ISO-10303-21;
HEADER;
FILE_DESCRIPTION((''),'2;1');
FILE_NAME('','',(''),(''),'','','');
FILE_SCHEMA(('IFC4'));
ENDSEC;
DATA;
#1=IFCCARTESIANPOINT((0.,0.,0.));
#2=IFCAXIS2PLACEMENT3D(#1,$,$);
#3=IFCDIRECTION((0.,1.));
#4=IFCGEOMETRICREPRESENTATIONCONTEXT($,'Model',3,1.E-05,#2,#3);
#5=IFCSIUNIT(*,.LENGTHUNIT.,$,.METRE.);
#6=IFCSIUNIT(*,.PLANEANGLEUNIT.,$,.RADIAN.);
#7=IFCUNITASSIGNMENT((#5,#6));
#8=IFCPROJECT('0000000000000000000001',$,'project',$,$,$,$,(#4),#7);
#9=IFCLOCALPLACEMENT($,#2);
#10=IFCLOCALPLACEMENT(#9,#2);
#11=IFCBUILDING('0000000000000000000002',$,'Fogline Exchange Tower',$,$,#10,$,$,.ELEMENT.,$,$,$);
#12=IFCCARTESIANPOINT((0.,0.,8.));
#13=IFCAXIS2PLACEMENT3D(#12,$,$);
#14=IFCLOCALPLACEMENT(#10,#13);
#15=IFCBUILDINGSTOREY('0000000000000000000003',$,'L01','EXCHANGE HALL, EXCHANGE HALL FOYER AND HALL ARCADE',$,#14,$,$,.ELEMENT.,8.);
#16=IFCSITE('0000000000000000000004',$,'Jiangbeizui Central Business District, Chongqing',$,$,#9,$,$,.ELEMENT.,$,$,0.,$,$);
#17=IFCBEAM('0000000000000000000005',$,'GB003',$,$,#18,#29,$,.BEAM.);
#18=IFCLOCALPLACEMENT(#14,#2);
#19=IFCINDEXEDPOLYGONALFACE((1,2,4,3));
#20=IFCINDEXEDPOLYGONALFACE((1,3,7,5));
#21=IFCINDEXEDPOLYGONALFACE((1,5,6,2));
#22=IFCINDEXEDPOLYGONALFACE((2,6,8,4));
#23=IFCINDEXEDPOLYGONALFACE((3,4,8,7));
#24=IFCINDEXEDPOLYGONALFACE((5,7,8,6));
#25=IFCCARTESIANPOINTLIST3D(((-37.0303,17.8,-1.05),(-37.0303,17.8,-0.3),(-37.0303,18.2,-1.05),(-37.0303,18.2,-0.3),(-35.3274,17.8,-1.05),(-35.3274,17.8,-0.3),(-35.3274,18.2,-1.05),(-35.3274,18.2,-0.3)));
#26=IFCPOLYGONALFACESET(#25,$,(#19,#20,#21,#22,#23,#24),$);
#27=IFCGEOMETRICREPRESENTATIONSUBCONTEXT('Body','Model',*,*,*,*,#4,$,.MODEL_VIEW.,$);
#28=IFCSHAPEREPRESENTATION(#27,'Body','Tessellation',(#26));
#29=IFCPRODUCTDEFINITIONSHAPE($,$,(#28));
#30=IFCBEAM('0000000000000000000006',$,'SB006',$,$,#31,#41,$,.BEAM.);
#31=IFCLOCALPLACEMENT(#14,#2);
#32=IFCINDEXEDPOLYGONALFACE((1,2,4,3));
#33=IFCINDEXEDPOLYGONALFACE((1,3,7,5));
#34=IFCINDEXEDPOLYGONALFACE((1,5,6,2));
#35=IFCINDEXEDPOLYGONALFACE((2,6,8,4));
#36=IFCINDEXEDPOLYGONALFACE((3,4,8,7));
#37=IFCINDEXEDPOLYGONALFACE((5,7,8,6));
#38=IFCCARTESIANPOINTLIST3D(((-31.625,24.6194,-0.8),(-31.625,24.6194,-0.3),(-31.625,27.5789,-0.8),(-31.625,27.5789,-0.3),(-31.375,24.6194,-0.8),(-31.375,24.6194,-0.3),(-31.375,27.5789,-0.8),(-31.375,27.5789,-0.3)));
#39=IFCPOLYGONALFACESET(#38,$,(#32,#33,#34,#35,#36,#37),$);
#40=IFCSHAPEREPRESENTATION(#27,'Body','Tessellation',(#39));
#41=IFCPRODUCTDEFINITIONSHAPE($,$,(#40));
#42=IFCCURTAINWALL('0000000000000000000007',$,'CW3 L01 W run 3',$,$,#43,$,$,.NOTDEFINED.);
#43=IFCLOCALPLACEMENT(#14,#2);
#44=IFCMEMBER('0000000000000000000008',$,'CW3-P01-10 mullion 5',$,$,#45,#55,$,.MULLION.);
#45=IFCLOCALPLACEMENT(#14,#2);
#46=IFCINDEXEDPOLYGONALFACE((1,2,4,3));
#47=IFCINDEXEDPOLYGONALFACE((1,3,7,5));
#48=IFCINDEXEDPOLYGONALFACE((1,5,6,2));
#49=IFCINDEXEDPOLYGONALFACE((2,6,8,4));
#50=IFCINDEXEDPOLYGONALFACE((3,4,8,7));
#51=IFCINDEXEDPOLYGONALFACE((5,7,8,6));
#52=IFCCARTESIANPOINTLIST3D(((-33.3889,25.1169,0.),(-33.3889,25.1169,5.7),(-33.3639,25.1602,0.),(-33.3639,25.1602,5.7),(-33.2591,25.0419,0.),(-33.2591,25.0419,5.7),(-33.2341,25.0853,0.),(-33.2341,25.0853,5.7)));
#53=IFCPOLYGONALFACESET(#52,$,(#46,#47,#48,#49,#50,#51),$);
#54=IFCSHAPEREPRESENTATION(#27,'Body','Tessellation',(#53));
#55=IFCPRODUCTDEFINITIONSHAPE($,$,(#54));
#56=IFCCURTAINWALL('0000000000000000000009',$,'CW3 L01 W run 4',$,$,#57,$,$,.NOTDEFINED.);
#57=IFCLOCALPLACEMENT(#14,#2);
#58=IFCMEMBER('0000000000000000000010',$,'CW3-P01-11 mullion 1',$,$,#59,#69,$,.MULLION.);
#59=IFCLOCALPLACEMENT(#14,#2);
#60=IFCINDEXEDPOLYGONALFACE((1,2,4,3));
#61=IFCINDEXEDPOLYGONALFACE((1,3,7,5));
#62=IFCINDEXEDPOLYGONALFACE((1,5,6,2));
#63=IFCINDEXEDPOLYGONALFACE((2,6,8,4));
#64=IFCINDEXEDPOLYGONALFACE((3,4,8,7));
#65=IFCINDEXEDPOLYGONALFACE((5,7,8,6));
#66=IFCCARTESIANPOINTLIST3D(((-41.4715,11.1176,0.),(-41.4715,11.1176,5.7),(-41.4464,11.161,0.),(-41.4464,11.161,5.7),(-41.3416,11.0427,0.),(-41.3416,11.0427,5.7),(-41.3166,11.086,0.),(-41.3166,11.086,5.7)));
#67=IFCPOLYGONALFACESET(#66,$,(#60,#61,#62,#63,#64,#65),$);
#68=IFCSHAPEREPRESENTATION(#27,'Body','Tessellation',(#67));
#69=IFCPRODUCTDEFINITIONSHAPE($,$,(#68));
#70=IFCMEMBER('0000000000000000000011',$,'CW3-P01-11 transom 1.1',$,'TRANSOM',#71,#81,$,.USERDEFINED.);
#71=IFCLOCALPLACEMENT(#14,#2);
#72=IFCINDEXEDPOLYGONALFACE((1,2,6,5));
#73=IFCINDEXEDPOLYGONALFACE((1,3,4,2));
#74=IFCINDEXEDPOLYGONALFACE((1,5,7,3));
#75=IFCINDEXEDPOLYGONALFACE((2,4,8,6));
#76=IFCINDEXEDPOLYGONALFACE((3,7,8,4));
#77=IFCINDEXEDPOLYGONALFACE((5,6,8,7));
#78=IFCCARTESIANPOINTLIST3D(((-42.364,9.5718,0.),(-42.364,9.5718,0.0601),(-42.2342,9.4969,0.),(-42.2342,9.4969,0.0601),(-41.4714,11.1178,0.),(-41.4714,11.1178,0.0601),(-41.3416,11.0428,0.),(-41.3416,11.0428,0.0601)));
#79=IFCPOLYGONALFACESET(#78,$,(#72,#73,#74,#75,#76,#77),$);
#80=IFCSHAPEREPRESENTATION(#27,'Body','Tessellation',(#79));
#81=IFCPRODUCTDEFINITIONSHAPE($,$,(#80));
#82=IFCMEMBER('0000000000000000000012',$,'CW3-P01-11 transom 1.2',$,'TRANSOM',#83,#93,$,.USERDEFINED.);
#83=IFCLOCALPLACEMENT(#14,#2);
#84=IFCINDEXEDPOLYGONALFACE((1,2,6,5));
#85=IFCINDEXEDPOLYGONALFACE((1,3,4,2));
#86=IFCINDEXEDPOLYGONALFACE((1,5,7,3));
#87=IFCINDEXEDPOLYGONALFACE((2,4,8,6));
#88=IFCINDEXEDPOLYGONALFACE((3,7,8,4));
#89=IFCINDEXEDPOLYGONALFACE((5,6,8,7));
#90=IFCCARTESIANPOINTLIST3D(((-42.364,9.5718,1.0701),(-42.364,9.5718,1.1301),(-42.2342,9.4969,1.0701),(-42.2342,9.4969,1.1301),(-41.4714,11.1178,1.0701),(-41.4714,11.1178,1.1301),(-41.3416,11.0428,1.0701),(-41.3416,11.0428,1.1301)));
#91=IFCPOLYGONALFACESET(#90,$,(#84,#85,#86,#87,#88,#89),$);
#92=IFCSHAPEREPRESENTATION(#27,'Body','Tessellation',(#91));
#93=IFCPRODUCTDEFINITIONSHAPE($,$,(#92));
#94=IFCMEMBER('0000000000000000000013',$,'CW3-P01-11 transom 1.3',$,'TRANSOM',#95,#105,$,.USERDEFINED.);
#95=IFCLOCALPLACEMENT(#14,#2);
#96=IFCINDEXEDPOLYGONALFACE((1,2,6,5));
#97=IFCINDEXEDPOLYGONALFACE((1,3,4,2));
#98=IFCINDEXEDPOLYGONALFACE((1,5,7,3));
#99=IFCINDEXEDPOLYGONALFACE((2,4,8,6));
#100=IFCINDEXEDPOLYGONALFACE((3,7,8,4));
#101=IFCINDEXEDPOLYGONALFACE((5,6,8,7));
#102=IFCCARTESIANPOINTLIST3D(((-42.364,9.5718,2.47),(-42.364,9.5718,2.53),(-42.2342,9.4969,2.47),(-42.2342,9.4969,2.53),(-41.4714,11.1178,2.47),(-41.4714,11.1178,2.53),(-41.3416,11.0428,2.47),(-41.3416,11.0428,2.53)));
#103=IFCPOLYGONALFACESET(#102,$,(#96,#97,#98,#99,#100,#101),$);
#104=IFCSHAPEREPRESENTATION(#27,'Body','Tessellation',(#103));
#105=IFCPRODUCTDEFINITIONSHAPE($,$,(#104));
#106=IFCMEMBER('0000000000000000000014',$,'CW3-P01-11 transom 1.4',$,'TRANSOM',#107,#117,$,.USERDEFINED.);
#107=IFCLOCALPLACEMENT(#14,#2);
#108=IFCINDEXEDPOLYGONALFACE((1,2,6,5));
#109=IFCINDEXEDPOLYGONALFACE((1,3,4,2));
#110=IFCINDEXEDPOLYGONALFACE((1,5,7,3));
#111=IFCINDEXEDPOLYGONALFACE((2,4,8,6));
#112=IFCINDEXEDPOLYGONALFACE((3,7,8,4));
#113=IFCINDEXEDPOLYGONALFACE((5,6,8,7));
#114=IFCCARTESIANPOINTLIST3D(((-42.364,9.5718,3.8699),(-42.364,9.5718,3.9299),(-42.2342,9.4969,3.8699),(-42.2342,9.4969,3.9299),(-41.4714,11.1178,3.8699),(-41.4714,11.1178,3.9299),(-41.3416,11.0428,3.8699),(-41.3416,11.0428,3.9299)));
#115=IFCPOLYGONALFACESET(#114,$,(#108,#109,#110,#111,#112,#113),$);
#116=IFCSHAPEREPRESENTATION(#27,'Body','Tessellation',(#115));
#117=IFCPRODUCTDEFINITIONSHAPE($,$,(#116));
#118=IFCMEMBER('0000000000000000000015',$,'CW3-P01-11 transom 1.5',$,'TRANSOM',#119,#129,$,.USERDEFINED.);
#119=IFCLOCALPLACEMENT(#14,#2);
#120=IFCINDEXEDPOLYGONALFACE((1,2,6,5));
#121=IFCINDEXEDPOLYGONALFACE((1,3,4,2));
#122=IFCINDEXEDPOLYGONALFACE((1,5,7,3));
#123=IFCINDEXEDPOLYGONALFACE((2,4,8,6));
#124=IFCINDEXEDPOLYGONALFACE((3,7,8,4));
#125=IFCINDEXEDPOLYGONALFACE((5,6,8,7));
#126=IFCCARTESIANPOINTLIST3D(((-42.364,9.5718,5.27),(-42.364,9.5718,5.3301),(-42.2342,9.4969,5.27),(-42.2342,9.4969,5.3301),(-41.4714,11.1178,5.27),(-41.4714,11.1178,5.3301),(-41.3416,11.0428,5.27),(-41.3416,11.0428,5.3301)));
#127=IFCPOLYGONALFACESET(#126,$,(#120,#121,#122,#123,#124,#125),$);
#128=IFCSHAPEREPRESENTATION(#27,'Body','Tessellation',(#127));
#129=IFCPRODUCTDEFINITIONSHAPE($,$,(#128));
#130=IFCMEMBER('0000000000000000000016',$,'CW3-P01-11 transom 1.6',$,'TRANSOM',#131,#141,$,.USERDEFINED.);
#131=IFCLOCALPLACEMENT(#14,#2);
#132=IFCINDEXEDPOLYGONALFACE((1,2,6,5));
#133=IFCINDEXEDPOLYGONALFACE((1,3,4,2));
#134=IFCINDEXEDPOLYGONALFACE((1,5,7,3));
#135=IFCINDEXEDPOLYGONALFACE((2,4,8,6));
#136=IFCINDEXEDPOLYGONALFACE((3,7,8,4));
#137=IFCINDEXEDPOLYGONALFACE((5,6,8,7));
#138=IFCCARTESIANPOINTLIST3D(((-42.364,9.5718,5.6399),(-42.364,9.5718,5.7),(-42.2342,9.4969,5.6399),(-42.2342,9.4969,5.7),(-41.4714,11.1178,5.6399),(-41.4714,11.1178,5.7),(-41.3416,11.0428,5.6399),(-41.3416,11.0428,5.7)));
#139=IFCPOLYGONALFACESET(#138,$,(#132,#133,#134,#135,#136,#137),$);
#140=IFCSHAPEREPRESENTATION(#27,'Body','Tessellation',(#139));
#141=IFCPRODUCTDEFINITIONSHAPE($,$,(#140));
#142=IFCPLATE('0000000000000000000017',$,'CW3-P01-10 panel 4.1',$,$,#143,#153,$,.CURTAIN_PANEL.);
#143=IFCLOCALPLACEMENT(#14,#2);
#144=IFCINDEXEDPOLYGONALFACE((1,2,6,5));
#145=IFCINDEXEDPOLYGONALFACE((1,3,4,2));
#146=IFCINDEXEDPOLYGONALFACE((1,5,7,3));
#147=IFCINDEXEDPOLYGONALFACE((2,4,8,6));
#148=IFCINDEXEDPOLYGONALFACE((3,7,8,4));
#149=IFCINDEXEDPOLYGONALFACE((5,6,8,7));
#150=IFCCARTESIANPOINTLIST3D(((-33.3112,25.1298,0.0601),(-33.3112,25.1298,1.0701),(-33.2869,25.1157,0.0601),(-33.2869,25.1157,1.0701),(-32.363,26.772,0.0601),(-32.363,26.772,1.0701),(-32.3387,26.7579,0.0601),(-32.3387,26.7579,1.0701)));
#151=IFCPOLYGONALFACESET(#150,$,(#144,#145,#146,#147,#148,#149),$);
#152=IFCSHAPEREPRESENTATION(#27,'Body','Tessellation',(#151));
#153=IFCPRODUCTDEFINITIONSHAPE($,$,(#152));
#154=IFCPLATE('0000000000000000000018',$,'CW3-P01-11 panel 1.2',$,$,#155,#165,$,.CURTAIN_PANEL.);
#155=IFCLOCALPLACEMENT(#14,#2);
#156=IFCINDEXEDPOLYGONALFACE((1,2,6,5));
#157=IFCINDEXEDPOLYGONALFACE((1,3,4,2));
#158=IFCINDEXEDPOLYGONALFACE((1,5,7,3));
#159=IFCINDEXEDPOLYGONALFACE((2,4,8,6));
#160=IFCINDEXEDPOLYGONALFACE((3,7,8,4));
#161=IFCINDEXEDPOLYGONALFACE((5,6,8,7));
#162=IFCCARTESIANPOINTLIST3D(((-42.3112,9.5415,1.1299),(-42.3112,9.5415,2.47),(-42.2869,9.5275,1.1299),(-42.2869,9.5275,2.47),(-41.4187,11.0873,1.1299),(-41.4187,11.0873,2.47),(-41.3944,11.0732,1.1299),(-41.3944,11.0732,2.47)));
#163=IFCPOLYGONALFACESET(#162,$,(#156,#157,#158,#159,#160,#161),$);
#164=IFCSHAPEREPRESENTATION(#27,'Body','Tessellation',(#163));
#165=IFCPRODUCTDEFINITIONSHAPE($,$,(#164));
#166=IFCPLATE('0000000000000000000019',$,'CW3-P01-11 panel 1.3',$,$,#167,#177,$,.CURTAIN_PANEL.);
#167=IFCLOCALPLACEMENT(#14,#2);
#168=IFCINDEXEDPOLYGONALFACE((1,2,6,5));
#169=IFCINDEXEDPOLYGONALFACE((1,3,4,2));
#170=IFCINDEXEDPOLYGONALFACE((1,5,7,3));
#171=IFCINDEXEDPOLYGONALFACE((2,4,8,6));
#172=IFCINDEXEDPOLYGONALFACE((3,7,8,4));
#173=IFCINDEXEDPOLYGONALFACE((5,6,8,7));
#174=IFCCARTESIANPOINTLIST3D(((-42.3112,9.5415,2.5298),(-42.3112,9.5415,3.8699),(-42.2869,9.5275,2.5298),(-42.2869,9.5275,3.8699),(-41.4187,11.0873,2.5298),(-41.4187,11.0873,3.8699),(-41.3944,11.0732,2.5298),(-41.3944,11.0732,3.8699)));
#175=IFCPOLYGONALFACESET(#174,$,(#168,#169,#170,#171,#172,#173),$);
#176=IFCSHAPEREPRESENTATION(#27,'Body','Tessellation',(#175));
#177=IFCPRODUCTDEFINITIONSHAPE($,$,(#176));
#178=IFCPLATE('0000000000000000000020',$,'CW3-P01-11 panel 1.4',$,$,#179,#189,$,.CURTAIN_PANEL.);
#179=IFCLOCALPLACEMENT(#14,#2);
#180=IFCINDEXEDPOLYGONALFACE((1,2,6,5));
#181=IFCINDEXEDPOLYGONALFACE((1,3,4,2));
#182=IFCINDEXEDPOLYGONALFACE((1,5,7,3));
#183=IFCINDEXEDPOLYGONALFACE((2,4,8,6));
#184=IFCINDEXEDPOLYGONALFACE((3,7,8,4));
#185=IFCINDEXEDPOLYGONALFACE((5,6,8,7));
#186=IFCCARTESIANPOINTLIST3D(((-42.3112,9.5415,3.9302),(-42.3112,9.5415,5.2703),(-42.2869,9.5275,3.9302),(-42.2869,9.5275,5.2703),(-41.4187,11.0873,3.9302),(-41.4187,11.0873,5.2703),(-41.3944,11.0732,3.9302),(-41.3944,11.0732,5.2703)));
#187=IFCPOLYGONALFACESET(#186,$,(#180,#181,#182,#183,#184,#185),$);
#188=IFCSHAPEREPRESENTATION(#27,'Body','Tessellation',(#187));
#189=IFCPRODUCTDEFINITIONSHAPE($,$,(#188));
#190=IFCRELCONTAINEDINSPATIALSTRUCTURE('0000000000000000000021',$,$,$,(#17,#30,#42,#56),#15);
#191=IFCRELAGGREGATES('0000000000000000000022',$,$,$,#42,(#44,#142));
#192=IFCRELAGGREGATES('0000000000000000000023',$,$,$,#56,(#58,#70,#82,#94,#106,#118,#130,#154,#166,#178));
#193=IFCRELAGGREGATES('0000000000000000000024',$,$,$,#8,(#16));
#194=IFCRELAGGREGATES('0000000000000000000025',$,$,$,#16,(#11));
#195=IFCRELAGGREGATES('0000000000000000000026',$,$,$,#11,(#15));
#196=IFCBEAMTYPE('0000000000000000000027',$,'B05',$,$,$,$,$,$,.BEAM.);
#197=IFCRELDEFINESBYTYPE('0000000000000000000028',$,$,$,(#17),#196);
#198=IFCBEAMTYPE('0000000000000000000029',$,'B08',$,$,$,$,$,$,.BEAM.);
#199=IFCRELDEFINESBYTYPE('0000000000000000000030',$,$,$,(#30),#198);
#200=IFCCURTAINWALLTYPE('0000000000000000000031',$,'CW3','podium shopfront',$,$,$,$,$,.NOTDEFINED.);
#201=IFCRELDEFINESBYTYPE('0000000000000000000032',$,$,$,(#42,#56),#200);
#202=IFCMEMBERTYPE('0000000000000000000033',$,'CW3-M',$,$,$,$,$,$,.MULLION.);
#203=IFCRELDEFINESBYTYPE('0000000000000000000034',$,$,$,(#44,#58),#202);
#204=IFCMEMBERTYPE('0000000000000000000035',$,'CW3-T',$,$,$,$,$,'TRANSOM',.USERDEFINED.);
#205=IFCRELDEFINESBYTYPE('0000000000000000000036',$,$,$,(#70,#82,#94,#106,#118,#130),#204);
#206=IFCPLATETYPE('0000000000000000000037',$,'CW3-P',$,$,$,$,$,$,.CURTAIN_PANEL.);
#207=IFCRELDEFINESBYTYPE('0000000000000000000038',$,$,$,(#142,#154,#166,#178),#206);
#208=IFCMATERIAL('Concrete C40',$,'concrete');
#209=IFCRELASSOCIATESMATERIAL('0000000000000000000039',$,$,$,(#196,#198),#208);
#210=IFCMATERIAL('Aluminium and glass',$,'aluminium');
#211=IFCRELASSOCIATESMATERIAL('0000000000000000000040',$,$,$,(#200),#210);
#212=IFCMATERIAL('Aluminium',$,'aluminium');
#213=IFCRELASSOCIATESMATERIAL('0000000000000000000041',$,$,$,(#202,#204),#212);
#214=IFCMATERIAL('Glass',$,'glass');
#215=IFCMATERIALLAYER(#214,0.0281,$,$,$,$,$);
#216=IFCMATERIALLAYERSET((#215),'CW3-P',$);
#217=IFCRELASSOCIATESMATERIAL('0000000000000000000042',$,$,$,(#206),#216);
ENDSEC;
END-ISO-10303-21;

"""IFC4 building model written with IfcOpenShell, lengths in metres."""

from ifc_helpers import new_model, si_unit, direction, frame, origin, origin_2d, place, context, subcontext, project, spatial, rectangle, extrude, material, layer, layer_set, material_profile, profile_set, type_object, element, aggregate, save


model = new_model("IFC4")

# Units and contexts
model_context = context("Model", 3, precision=1e-05, world=origin(), true_north=direction((0.0, 1.0)))
body_context = subcontext(model_context, "Body", "Model", "MODEL_VIEW")
ifc_project = project(units=[si_unit("LENGTHUNIT", "METRE"), si_unit("PLANEANGLEUNIT", "RADIAN")], contexts=[model_context])

# Site, building, storey
site_placement = place(None, origin())
site = spatial("IfcSite", under=ifc_project, at=site_placement, Name="Jiangbeizui Central Business District, Chongqing", CompositionType="ELEMENT", RefElevation=0.0)
building_placement = place(site_placement, origin())
building = spatial("IfcBuilding", under=site, at=building_placement, Name="Fogline Exchange Tower", CompositionType="ELEMENT")
storey_placement = place(building_placement, frame((0.0, 0.0, 8.0)))
storey = spatial("IfcBuildingStorey", under=building, at=storey_placement, Name="L01", Description="EXCHANGE HALL, EXCHANGE HALL FOYER AND HALL ARCADE", CompositionType="ELEMENT", Elevation=8.0)

# Beams
ifc_material_1 = material(Name="Concrete C40", Category="concrete")
ifc_material_profile_1 = material_profile(ifc_material_1, rectangle(XDim=0.3999, YDim=0.75, at=origin_2d()), Name="RC 400x750")
ifc_profile_set_1 = profile_set([ifc_material_profile_1], Name="Concrete C40")
beam_type_1 = type_object("IfcBeamType", Name="B05", PredefinedType="BEAM", material=ifc_profile_set_1)
beam_1_placement = place(storey_placement, frame((-37.0303, 18.0, -0.675), z_axis=(1.0, 0.0, 0.0), x_axis=(0.0, 1.0, 0.0)))
element("IfcBeam", 1, at=beam_1_placement, inside=storey, type_object=beam_type_1, Name="GB003", PredefinedType="BEAM", context=body_context, shape_type="SweptSolid", body=[
    extrude(rectangle(XDim=0.3999, YDim=0.75, at=origin_2d()), origin(), (0.0, 0.0, 1.0), 1.7029),
])
ifc_material_profile_2 = material_profile(ifc_material_1, rectangle(XDim=0.25, YDim=0.5, at=origin_2d()), Name="RC 250x500")
ifc_profile_set_2 = profile_set([ifc_material_profile_2], Name="Concrete C40")
beam_type_2 = type_object("IfcBeamType", Name="B08", PredefinedType="BEAM", material=ifc_profile_set_2)
beam_2_placement = place(storey_placement, frame((-31.5, 24.6194, -0.55), z_axis=(0.0, 1.0, 0.0), x_axis=(-1.0, 0.0, 0.0)))
element("IfcBeam", 2, at=beam_2_placement, inside=storey, type_object=beam_type_2, Name="SB006", PredefinedType="BEAM", context=body_context, shape_type="SweptSolid", body=[
    extrude(rectangle(XDim=0.25, YDim=0.5, at=origin_2d()), origin(), (0.0, 0.0, 1.0), 2.9595),
])

# Curtain wall, member
ifc_material_2 = material(Name="Aluminium and glass", Category="aluminium")
curtain_wall_type = type_object("IfcCurtainWallType", Name="CW3", Description="podium shopfront", PredefinedType="NOTDEFINED", material=ifc_material_2)
curtain_wall_1_placement = place(storey_placement, origin())
curtain_wall_1 = element("IfcCurtainWall", 3, at=curtain_wall_1_placement, inside=storey, type_object=curtain_wall_type, Name="CW3 L01 W run 3", PredefinedType="NOTDEFINED")
ifc_material_3 = material(Name="Aluminium", Category="aluminium")
ifc_material_profile_3 = material_profile(ifc_material_3, rectangle(XDim=0.1499, YDim=0.05, at=origin_2d()), Name="Mullion 50x150")
ifc_profile_set_3 = profile_set([ifc_material_profile_3], Name="Aluminium")
member_type_1 = type_object("IfcMemberType", Name="CW3-M", PredefinedType="MULLION", material=ifc_profile_set_3)
member_1_placement = place(storey_placement, frame((-33.3115, 25.1011, 0.0), z_axis=(0.0, 0.0, 1.0), x_axis=(0.866025, -0.5, 0.0)))
member_1 = element("IfcMember", 4, at=member_1_placement, type_object=member_type_1, Name="CW3-P01-10 mullion 5", PredefinedType="MULLION", context=body_context, shape_type="SweptSolid", body=[
    extrude(rectangle(XDim=0.1499, YDim=0.05, at=origin_2d()), origin(), (0.0, 0.0, 1.0), 5.7),
])

# Curtain wall, members
curtain_wall_2_placement = place(storey_placement, origin())
curtain_wall_2 = element("IfcCurtainWall", 5, at=curtain_wall_2_placement, inside=storey, type_object=curtain_wall_type, Name="CW3 L01 W run 4", PredefinedType="NOTDEFINED")
member_2_placement = place(storey_placement, frame((-41.394, 11.1018, 0.0), z_axis=(0.0, 0.0, 1.0), x_axis=(0.866024, -0.500002, 0.0)))
member_2 = element("IfcMember", 6, at=member_2_placement, type_object=member_type_1, Name="CW3-P01-11 mullion 1", PredefinedType="MULLION", context=body_context, shape_type="SweptSolid", body=[
    extrude(rectangle(XDim=0.1499, YDim=0.05, at=origin_2d()), origin(), (0.0, 0.0, 1.0), 5.7),
])
ifc_material_profile_4 = material_profile(ifc_material_3, rectangle(XDim=0.1499, YDim=0.0601, at=origin_2d()), Name="Transom 60x150")
ifc_profile_set_4 = profile_set([ifc_material_profile_4], Name="Aluminium")
member_type_2 = type_object("IfcMemberType", Name="CW3-T", ElementType="TRANSOM", PredefinedType="USERDEFINED", material=ifc_profile_set_4)
member_3_placement = place(storey_placement, frame((-41.4065, 11.0803, 0.03), z_axis=(-0.500022, -0.866012, 0.0), x_axis=(0.866012, -0.500022, 0.0)))
member_3 = element("IfcMember", 7, at=member_3_placement, type_object=member_type_2, Name="CW3-P01-11 transom 1.1", ObjectType="TRANSOM", PredefinedType="USERDEFINED", context=body_context, shape_type="SweptSolid", body=[
    extrude(rectangle(XDim=0.1499, YDim=0.0601, at=origin_2d()), origin(), (0.0, 0.0, 1.0), 1.7852),
])
member_4_placement = place(storey_placement, frame((-41.4065, 11.0803, 1.1001), z_axis=(-0.500022, -0.866012, 0.0), x_axis=(0.866012, -0.500022, 0.0)))
member_4 = element("IfcMember", 8, at=member_4_placement, type_object=member_type_2, Name="CW3-P01-11 transom 1.2", ObjectType="TRANSOM", PredefinedType="USERDEFINED", context=body_context, shape_type="SweptSolid", body=[
    extrude(rectangle(XDim=0.1499, YDim=0.0601, at=origin_2d()), origin(), (0.0, 0.0, 1.0), 1.7852),
])
member_5_placement = place(storey_placement, frame((-41.4065, 11.0803, 2.5), z_axis=(-0.500022, -0.866012, 0.0), x_axis=(0.866012, -0.500022, 0.0)))
member_5 = element("IfcMember", 9, at=member_5_placement, type_object=member_type_2, Name="CW3-P01-11 transom 1.3", ObjectType="TRANSOM", PredefinedType="USERDEFINED", context=body_context, shape_type="SweptSolid", body=[
    extrude(rectangle(XDim=0.1499, YDim=0.0601, at=origin_2d()), origin(), (0.0, 0.0, 1.0), 1.7852),
])
member_6_placement = place(storey_placement, frame((-41.4065, 11.0803, 3.8999), z_axis=(-0.500022, -0.866012, 0.0), x_axis=(0.866012, -0.500022, 0.0)))
member_6 = element("IfcMember", 10, at=member_6_placement, type_object=member_type_2, Name="CW3-P01-11 transom 1.4", ObjectType="TRANSOM", PredefinedType="USERDEFINED", context=body_context, shape_type="SweptSolid", body=[
    extrude(rectangle(XDim=0.1499, YDim=0.0601, at=origin_2d()), origin(), (0.0, 0.0, 1.0), 1.7852),
])
member_7_placement = place(storey_placement, frame((-41.4065, 11.0803, 5.3), z_axis=(-0.500022, -0.866012, 0.0), x_axis=(0.866012, -0.500022, 0.0)))
member_7 = element("IfcMember", 11, at=member_7_placement, type_object=member_type_2, Name="CW3-P01-11 transom 1.5", ObjectType="TRANSOM", PredefinedType="USERDEFINED", context=body_context, shape_type="SweptSolid", body=[
    extrude(rectangle(XDim=0.1499, YDim=0.0601, at=origin_2d()), origin(), (0.0, 0.0, 1.0), 1.7852),
])
member_8_placement = place(storey_placement, frame((-41.4065, 11.0803, 5.6699), z_axis=(-0.500022, -0.866012, 0.0), x_axis=(0.866012, -0.500022, 0.0)))
member_8 = element("IfcMember", 12, at=member_8_placement, type_object=member_type_2, Name="CW3-P01-11 transom 1.6", ObjectType="TRANSOM", PredefinedType="USERDEFINED", context=body_context, shape_type="SweptSolid", body=[
    extrude(rectangle(XDim=0.1499, YDim=0.0601, at=origin_2d()), origin(), (0.0, 0.0, 1.0), 1.7852),
])

# Plates
ifc_material_4 = material(Name="Glass", Category="glass")
ifc_layer_1 = layer(ifc_material_4, 0.0281)
ifc_layer_set_1 = layer_set([ifc_layer_1], Name="CW3-P")
plate_type = type_object("IfcPlateType", Name="CW3-P", PredefinedType="CURTAIN_PANEL", material=ifc_layer_set_1)
plate_1_placement = place(storey_placement, frame((-32.825, 25.9438, 0.0601), z_axis=(0.0, 0.0, 1.0), x_axis=(-0.5, -0.866025, 0.0)))
plate_1 = element("IfcPlate", 13, at=plate_1_placement, type_object=plate_type, Name="CW3-P01-10 panel 4.1", PredefinedType="CURTAIN_PANEL", context=body_context, shape_type="SweptSolid", body=[
    extrude(rectangle(XDim=1.8962, YDim=0.0281, at=origin_2d()), origin(), (0.0, 0.0, 1.0), 1.01),
])
aggregate(curtain_wall_1, [member_1, plate_1])
plate_2_placement = place(storey_placement, frame((-41.8528, 10.3074, 1.1299), z_axis=(0.0, 0.0, 1.0), x_axis=(-0.500002, -0.866024, 0.0)))
plate_2 = element("IfcPlate", 14, at=plate_2_placement, type_object=plate_type, Name="CW3-P01-11 panel 1.2", PredefinedType="CURTAIN_PANEL", context=body_context, shape_type="SweptSolid", body=[
    extrude(rectangle(XDim=1.7849, YDim=0.0281, at=origin_2d()), origin(), (0.0, 0.0, 1.0), 1.3401),
])
plate_3_placement = place(storey_placement, frame((-41.8528, 10.3074, 2.5298), z_axis=(0.0, 0.0, 1.0), x_axis=(-0.500002, -0.866024, 0.0)))
plate_3 = element("IfcPlate", 15, at=plate_3_placement, type_object=plate_type, Name="CW3-P01-11 panel 1.3", PredefinedType="CURTAIN_PANEL", context=body_context, shape_type="SweptSolid", body=[
    extrude(rectangle(XDim=1.7849, YDim=0.0281, at=origin_2d()), origin(), (0.0, 0.0, 1.0), 1.3401),
])
plate_4_placement = place(storey_placement, frame((-41.8528, 10.3074, 3.9302), z_axis=(0.0, 0.0, 1.0), x_axis=(-0.500002, -0.866024, 0.0)))
plate_4 = element("IfcPlate", 16, at=plate_4_placement, type_object=plate_type, Name="CW3-P01-11 panel 1.4", PredefinedType="CURTAIN_PANEL", context=body_context, shape_type="SweptSolid", body=[
    extrude(rectangle(XDim=1.7849, YDim=0.0281, at=origin_2d()), origin(), (0.0, 0.0, 1.0), 1.3401),
])
aggregate(curtain_wall_2, [member_2, member_3, member_4, member_5, member_6, member_7, member_8, plate_2, plate_3, plate_4])

save(model, "model.ifc")
